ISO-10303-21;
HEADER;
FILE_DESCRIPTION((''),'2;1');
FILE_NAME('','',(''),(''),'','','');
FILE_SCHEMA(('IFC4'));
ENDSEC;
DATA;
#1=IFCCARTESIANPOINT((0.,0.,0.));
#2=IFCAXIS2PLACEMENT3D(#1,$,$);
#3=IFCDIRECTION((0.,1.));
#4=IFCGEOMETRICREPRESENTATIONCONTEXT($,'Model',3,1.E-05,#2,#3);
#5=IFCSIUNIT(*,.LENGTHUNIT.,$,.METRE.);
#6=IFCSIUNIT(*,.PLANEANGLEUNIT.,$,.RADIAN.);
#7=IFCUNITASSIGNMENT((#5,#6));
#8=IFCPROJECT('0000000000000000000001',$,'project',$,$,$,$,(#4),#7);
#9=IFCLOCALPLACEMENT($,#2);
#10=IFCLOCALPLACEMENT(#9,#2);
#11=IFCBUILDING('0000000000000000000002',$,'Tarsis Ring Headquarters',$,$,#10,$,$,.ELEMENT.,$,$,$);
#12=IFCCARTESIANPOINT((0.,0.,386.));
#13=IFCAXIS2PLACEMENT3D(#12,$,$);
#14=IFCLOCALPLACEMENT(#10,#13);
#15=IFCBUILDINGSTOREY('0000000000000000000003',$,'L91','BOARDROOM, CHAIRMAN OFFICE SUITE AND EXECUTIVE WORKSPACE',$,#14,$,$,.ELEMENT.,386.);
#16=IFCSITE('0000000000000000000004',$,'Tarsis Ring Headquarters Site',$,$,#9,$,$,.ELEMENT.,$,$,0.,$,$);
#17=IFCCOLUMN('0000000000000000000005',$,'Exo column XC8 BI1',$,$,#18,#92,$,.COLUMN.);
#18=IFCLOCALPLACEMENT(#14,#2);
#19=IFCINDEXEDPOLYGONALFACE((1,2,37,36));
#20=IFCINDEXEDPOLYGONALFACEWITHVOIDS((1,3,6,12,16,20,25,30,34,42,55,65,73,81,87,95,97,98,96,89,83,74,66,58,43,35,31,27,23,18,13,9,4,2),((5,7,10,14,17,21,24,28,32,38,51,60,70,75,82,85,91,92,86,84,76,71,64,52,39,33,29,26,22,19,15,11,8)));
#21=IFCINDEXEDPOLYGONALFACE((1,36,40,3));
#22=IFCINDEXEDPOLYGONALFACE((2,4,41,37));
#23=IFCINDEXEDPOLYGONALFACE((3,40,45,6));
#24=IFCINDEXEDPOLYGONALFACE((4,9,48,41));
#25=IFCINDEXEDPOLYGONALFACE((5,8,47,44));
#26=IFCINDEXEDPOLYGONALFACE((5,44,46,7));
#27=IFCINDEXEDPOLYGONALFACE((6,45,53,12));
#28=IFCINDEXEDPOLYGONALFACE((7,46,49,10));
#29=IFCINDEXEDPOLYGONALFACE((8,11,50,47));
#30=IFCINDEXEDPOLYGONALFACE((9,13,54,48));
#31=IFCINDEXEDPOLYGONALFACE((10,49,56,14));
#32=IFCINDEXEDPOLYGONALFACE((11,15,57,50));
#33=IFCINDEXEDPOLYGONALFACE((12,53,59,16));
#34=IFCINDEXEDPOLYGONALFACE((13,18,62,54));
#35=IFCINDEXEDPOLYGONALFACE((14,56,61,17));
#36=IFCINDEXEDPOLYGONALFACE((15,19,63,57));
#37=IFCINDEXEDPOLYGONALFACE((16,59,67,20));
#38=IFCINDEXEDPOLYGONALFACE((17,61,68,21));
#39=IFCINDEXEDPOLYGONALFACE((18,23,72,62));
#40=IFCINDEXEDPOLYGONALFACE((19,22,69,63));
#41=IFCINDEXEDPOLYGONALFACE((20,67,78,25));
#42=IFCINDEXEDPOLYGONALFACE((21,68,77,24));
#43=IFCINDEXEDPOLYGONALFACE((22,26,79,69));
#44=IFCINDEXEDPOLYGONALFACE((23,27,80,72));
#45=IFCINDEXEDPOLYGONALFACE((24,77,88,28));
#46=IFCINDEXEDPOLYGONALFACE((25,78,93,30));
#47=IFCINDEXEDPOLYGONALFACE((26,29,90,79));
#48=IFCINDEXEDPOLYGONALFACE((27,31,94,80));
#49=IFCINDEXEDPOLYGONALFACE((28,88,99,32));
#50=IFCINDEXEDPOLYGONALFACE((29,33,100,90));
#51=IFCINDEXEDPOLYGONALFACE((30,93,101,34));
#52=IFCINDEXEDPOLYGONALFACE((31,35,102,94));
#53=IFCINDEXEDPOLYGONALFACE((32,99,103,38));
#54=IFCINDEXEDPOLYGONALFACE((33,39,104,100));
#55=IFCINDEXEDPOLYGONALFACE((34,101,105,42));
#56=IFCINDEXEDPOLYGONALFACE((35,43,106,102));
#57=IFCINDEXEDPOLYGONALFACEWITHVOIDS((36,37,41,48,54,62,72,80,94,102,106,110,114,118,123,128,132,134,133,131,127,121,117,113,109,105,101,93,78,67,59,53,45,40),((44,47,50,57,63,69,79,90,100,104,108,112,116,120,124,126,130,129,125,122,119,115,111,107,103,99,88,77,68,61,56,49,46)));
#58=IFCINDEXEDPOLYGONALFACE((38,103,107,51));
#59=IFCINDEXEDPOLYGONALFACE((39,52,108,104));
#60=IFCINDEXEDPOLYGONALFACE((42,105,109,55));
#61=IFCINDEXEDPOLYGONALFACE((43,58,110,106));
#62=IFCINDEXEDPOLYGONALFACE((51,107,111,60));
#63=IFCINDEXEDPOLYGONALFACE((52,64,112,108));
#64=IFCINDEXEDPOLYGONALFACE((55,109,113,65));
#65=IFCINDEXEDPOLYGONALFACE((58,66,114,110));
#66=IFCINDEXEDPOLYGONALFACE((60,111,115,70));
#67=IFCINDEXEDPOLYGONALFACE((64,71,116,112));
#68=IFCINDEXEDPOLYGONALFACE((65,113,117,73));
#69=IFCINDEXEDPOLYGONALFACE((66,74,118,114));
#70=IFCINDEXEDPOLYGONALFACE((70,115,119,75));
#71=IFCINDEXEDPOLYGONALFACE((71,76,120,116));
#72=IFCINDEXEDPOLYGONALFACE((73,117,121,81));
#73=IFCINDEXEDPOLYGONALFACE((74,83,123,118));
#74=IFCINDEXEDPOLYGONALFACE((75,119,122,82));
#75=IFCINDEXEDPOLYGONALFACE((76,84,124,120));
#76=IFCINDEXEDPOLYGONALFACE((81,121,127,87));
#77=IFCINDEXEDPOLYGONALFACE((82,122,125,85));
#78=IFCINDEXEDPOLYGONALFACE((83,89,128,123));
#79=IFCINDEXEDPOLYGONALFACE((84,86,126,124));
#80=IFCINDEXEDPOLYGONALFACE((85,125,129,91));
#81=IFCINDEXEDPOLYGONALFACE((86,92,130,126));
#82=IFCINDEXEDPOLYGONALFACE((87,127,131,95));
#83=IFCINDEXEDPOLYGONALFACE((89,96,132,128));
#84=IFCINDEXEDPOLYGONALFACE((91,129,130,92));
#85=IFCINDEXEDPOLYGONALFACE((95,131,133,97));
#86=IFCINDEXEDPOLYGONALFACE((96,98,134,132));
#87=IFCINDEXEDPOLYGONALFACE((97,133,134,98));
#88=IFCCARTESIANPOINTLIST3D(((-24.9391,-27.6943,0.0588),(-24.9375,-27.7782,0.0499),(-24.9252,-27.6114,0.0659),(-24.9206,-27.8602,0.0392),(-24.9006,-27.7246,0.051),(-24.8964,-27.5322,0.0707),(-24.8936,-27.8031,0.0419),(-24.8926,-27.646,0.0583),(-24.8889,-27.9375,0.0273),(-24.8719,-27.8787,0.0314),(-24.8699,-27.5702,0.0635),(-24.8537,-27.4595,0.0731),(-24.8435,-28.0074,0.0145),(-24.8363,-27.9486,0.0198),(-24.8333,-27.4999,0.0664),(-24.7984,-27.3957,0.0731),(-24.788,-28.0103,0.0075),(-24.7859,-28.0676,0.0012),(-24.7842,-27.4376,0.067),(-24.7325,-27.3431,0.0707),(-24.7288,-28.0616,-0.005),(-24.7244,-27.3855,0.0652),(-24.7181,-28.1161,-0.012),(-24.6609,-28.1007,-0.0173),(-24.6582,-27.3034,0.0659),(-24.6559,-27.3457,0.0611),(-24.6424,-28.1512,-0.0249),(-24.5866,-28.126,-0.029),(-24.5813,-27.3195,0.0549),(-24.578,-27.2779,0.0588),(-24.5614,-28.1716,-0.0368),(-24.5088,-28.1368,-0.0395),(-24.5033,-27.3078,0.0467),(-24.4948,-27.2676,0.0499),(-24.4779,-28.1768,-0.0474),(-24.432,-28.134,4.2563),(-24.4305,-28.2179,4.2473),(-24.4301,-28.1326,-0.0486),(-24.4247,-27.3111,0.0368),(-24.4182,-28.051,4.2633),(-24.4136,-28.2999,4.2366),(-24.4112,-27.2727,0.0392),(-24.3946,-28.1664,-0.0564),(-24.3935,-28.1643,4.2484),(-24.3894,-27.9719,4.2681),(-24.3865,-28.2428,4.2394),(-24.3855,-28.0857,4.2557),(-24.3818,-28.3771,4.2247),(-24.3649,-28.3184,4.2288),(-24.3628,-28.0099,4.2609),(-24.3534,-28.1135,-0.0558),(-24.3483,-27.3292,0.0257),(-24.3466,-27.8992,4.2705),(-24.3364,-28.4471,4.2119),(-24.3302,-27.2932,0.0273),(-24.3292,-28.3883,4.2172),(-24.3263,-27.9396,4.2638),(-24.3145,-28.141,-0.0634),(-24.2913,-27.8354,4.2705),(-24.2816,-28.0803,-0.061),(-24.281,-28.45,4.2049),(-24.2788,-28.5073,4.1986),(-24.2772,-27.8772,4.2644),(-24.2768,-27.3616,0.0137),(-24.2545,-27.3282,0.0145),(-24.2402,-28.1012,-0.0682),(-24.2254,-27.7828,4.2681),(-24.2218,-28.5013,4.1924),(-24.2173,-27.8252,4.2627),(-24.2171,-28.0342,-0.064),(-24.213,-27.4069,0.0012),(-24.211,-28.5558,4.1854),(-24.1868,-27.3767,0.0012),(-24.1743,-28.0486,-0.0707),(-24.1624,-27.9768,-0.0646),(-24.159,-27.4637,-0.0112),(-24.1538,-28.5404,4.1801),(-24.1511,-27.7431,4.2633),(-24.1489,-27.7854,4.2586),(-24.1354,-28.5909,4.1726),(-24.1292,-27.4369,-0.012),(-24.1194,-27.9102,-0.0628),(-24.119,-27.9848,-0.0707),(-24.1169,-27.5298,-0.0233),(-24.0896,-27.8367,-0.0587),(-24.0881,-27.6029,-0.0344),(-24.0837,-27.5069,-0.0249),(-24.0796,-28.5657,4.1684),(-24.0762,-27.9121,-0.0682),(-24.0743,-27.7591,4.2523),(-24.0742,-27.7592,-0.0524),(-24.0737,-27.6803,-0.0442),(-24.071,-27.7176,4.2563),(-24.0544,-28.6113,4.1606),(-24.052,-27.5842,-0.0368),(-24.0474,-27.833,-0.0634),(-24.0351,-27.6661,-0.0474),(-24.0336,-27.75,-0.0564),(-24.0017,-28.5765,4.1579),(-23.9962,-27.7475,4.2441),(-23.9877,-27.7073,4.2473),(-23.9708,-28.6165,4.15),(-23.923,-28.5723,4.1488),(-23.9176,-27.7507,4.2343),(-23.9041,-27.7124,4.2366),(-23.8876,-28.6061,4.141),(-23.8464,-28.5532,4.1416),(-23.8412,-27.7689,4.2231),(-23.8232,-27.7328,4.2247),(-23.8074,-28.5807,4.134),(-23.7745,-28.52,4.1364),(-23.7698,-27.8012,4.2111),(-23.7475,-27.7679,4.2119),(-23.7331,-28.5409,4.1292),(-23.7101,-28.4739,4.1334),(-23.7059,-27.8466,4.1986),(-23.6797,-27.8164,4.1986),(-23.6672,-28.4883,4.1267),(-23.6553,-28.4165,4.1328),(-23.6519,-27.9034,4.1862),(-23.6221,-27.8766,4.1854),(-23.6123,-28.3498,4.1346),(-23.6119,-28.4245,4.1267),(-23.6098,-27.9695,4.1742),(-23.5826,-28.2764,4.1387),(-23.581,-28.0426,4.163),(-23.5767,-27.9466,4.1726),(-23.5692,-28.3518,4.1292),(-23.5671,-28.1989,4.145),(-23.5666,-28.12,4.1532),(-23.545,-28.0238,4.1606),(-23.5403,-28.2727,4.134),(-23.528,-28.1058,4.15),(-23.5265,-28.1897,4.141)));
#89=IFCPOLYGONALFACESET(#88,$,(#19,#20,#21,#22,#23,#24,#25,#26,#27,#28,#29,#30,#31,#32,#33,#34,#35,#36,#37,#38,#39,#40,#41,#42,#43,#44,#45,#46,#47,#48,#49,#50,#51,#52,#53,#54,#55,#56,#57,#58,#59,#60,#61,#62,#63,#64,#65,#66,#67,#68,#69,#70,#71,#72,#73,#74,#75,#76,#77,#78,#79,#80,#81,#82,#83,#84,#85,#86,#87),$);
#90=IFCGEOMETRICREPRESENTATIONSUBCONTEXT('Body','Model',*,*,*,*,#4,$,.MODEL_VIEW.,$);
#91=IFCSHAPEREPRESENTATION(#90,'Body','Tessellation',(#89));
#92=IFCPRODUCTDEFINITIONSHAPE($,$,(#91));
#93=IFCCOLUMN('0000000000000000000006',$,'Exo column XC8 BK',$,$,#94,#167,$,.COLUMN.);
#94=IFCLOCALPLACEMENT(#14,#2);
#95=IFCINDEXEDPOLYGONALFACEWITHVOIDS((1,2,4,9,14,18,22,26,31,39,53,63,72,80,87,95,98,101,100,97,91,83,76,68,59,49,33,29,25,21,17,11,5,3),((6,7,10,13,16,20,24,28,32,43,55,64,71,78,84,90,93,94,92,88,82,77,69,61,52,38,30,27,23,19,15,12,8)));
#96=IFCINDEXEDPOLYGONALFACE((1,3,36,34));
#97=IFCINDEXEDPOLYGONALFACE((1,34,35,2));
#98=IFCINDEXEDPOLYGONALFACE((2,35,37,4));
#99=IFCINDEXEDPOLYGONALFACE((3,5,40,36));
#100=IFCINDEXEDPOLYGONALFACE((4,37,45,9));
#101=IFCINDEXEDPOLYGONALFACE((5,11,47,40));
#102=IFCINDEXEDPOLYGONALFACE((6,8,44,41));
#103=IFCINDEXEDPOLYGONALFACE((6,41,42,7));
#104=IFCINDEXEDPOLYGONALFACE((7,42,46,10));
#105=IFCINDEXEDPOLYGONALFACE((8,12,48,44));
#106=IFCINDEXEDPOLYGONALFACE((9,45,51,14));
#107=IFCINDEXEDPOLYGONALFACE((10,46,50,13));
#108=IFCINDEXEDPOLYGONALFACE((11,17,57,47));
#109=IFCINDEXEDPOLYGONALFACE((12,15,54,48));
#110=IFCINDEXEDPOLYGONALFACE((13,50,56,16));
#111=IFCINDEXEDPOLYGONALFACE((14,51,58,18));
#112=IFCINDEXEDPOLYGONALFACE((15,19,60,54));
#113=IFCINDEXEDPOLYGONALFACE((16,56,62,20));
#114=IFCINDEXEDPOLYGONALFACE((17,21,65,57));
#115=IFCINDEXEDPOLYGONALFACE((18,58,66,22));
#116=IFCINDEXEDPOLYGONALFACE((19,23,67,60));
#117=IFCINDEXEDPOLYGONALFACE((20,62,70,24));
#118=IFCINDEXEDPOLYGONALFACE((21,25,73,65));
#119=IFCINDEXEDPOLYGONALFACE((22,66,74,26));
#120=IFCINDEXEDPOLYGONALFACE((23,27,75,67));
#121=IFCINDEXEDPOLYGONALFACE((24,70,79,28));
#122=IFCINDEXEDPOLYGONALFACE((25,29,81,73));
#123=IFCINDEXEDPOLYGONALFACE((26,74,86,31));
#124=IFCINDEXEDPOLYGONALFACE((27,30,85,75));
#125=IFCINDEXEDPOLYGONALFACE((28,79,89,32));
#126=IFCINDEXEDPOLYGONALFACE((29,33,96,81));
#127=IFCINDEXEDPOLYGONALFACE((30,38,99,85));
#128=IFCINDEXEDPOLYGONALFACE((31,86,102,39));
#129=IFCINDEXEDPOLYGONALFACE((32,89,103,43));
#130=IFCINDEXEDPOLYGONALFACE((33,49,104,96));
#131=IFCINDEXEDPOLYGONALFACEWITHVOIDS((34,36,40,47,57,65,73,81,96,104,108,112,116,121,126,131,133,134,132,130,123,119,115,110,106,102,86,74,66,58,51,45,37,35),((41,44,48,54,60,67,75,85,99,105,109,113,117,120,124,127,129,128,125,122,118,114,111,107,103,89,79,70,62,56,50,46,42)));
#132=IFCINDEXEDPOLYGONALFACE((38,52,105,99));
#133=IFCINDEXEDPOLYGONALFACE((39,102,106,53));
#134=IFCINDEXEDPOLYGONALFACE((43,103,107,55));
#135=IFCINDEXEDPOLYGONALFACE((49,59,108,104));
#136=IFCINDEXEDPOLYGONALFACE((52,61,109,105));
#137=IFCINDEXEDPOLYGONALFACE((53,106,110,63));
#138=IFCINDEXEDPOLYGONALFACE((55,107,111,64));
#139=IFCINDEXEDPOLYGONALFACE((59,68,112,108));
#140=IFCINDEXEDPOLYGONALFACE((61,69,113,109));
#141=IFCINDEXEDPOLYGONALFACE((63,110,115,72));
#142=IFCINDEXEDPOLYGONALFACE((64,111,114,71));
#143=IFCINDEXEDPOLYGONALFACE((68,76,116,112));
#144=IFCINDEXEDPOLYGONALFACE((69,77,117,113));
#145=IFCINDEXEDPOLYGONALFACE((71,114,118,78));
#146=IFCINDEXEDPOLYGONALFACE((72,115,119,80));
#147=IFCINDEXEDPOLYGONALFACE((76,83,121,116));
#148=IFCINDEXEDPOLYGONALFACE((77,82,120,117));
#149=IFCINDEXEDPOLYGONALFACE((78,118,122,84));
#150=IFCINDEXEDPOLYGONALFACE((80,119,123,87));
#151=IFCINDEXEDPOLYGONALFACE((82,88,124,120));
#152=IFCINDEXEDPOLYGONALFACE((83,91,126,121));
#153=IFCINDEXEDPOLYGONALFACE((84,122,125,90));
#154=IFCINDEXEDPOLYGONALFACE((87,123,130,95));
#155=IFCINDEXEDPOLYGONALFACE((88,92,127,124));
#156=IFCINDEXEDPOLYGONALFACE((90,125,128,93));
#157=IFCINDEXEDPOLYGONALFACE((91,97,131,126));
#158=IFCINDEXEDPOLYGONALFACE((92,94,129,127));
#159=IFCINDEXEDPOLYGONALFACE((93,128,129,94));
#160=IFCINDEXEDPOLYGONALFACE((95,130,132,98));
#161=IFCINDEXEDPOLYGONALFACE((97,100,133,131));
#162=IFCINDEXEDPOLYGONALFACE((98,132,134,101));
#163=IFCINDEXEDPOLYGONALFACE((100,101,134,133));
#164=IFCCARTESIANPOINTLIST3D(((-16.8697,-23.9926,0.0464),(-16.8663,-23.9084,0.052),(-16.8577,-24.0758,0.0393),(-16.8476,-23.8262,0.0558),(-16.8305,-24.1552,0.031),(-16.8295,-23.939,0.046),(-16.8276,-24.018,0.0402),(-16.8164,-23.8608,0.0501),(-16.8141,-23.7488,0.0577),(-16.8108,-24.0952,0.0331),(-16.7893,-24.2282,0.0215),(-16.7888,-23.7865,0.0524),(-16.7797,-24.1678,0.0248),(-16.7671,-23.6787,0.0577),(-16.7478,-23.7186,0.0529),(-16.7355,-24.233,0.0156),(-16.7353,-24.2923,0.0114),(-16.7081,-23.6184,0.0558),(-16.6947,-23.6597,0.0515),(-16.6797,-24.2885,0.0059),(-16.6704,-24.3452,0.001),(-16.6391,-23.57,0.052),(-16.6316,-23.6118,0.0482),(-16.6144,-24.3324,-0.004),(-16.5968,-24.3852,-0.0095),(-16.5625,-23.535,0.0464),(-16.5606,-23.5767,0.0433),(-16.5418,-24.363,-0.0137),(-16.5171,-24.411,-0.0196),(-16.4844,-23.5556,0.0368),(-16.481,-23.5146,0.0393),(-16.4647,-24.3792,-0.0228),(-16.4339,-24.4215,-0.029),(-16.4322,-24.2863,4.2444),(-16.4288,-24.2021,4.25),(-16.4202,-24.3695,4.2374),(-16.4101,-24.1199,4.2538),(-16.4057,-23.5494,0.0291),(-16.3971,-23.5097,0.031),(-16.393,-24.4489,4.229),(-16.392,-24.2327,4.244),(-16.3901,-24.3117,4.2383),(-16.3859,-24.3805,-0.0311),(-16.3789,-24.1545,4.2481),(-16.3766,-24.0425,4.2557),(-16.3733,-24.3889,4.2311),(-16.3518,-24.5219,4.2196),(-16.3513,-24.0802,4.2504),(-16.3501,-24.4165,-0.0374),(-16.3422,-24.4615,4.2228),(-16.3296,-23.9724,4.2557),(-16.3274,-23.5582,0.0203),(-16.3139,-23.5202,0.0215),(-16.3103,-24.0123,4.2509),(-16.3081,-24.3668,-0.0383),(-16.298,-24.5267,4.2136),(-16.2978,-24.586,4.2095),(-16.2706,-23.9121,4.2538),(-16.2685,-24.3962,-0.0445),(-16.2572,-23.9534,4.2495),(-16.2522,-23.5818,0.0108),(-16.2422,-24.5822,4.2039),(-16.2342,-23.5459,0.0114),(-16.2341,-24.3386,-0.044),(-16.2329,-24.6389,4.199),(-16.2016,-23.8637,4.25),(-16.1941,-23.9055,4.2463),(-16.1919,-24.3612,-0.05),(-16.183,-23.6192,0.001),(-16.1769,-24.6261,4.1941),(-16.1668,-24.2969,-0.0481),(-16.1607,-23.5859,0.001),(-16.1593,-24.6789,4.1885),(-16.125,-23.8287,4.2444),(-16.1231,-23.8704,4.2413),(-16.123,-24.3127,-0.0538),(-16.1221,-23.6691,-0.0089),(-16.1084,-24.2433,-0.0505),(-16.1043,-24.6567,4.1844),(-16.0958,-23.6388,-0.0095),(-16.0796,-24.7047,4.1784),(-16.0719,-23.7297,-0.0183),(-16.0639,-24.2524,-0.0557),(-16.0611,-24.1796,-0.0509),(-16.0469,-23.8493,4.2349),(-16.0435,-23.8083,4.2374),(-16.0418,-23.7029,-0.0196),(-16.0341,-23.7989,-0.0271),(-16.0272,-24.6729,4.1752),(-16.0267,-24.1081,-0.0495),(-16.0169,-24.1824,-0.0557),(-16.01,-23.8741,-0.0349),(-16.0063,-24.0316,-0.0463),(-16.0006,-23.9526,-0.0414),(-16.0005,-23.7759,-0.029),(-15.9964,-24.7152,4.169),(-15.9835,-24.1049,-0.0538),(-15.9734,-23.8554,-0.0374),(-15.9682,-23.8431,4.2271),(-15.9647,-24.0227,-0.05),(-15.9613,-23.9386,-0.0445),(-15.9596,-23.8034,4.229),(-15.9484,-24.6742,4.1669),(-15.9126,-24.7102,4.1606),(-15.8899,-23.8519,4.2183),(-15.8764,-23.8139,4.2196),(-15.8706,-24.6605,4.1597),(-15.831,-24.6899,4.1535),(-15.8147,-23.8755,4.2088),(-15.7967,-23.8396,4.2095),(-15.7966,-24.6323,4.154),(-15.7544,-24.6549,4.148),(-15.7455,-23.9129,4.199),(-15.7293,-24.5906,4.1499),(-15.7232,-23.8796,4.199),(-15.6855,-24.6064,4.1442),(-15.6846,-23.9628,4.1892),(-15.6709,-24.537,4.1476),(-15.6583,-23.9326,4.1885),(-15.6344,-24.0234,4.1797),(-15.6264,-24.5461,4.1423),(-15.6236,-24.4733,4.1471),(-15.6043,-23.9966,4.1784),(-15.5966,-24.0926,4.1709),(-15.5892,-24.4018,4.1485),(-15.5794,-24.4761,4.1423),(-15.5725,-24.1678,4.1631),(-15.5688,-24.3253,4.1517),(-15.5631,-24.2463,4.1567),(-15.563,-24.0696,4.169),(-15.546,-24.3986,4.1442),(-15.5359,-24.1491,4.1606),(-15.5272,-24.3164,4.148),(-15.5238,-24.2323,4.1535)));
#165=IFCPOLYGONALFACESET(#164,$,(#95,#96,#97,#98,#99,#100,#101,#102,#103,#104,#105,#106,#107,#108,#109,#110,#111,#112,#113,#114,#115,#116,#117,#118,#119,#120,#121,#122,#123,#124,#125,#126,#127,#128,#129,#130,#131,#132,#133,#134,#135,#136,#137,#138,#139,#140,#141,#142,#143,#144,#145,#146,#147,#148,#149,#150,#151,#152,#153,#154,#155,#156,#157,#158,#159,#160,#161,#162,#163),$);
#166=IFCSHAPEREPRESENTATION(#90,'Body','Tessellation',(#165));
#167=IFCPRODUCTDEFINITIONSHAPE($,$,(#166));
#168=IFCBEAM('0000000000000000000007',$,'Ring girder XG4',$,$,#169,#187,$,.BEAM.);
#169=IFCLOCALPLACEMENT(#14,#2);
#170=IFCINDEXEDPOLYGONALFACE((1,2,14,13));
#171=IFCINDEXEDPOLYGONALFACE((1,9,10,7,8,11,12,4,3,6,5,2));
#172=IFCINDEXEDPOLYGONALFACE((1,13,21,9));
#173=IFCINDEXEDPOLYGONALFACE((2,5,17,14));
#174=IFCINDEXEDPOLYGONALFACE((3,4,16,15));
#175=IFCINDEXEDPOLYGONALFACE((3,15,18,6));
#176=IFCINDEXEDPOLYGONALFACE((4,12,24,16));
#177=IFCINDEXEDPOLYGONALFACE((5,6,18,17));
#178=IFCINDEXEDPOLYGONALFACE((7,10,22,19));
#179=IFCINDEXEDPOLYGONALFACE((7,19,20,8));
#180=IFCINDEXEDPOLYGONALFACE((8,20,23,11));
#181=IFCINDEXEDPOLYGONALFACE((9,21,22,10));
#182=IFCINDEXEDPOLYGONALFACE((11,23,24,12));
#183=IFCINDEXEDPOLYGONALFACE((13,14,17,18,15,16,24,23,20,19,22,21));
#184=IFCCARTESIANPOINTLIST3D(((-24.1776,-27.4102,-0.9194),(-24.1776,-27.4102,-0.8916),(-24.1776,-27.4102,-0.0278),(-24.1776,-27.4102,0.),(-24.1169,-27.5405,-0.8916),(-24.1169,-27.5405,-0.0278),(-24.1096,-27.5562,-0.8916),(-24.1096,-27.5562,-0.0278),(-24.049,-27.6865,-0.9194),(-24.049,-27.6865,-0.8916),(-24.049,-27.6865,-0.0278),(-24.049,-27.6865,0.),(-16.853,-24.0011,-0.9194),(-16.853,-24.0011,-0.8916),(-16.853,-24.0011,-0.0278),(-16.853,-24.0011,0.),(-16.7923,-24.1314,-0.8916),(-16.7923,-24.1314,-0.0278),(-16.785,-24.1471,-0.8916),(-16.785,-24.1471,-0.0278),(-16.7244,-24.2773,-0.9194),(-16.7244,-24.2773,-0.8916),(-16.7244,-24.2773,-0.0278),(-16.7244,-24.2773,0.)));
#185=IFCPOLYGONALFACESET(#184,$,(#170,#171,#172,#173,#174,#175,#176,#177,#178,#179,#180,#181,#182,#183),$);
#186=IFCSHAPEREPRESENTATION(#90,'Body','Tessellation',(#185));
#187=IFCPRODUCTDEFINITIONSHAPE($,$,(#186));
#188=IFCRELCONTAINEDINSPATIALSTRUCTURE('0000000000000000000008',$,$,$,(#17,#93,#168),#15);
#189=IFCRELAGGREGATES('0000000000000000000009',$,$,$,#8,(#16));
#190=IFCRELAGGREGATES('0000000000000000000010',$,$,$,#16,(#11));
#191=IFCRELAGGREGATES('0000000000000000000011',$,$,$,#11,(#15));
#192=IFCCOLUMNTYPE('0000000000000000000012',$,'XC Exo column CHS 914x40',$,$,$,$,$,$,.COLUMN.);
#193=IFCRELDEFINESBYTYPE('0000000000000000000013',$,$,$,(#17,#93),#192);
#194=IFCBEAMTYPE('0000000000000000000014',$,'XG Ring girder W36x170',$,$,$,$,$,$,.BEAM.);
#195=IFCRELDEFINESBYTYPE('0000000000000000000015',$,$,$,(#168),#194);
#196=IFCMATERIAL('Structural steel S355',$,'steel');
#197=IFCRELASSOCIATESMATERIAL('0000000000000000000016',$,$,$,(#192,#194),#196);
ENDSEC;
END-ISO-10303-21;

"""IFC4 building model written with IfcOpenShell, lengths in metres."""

from ifc_helpers import new_model, si_unit, direction, frame, origin, origin_2d, place, context, subcontext, project, spatial, hollow_circle, i_section, extrude, material, material_profile, profile_set, type_object, element, save


model = new_model("IFC4")

# Units and contexts
model_context = context("Model", 3, precision=1e-05, world=origin(), true_north=direction((0.0, 1.0)))
body_context = subcontext(model_context, "Body", "Model", "MODEL_VIEW")
ifc_project = project(units=[si_unit("LENGTHUNIT", "METRE"), si_unit("PLANEANGLEUNIT", "RADIAN")], contexts=[model_context])

# Site, building, storey
site_placement = place(None, origin())
site = spatial("IfcSite", under=ifc_project, at=site_placement, Name="Tarsis Ring Headquarters Site", CompositionType="ELEMENT", RefElevation=0.0)
building_placement = place(site_placement, origin())
building = spatial("IfcBuilding", under=site, at=building_placement, Name="Tarsis Ring Headquarters", CompositionType="ELEMENT")
storey_placement = place(building_placement, frame((0.0, 0.0, 386.0)))
storey = spatial("IfcBuildingStorey", under=building, at=storey_placement, Name="L91", Description="BOARDROOM, CHAIRMAN OFFICE SUITE AND EXECUTIVE WORKSPACE", CompositionType="ELEMENT", Elevation=386.0)

# Columns
ifc_material_1 = material(Name="Structural steel S355", Category="steel")
ifc_material_profile_1 = material_profile(ifc_material_1, hollow_circle(Radius=0.457, WallThickness=0.04, at=origin_2d()), Name="CHS 914x40")
ifc_profile_set_1 = profile_set([ifc_material_profile_1], Name="Structural steel S355")
column_type = type_object("IfcColumnType", Name="XC Exo column CHS 914x40", PredefinedType="COLUMN", material=ifc_profile_set_1)
column_1_placement = place(storey_placement, frame((-24.4863, -27.7222, 0.0012), z_axis=(0.11929, -0.103438, 0.987457), x_axis=(0.655124, 0.755521, 0.0)))
element("IfcColumn", 1, at=column_1_placement, inside=storey, type_object=column_type, Name="Exo column XC8 BI1", PredefinedType="COLUMN", context=body_context, shape_type="SweptSolid", body=[
    extrude(hollow_circle(Radius=0.4573, WallThickness=0.04, at=origin_2d()), origin(), (0.0, 0.0, 1.0), 4.2507),
])
column_2_placement = place(storey_placement, frame((-16.4155, -23.9656, 0.001), z_axis=(0.103405, -0.069417, 0.992214), x_axis=(0.55737, 0.830264, 0.0)))
element("IfcColumn", 2, at=column_2_placement, inside=storey, type_object=column_type, Name="Exo column XC8 BK", PredefinedType="COLUMN", context=body_context, shape_type="SweptSolid", body=[
    extrude(hollow_circle(Radius=0.4573, WallThickness=0.04, at=origin_2d()), origin(), (0.0, 0.0, 1.0), 4.231),
])

# Beam
ifc_material_profile_2 = material_profile(ifc_material_1, i_section(OverallWidth=0.3047, OverallDepth=0.9194, WebThickness=0.0173, FlangeThickness=0.0278, at=origin_2d()), Name="W36x170")
ifc_profile_set_2 = profile_set([ifc_material_profile_2], Name="Structural steel S355")
beam_type = type_object("IfcBeamType", Name="XG Ring girder W36x170", PredefinedType="BEAM", material=ifc_profile_set_2)
beam_1_placement = place(storey_placement, frame((-24.1133, -27.5483, -0.4597), z_axis=(0.90661, 0.421969, 0.0), x_axis=(-0.421969, 0.90661, 0.0)))
element("IfcBeam", 3, at=beam_1_placement, inside=storey, type_object=beam_type, Name="Ring girder XG4", PredefinedType="BEAM", context=body_context, shape_type="SweptSolid", body=[
    extrude(i_section(OverallWidth=0.3047, OverallDepth=0.9194, WebThickness=0.0173, FlangeThickness=0.0278, at=origin_2d()), origin(), (0.0, 0.0, 1.0), 8.0791),
])

save(model, "model.ifc")
